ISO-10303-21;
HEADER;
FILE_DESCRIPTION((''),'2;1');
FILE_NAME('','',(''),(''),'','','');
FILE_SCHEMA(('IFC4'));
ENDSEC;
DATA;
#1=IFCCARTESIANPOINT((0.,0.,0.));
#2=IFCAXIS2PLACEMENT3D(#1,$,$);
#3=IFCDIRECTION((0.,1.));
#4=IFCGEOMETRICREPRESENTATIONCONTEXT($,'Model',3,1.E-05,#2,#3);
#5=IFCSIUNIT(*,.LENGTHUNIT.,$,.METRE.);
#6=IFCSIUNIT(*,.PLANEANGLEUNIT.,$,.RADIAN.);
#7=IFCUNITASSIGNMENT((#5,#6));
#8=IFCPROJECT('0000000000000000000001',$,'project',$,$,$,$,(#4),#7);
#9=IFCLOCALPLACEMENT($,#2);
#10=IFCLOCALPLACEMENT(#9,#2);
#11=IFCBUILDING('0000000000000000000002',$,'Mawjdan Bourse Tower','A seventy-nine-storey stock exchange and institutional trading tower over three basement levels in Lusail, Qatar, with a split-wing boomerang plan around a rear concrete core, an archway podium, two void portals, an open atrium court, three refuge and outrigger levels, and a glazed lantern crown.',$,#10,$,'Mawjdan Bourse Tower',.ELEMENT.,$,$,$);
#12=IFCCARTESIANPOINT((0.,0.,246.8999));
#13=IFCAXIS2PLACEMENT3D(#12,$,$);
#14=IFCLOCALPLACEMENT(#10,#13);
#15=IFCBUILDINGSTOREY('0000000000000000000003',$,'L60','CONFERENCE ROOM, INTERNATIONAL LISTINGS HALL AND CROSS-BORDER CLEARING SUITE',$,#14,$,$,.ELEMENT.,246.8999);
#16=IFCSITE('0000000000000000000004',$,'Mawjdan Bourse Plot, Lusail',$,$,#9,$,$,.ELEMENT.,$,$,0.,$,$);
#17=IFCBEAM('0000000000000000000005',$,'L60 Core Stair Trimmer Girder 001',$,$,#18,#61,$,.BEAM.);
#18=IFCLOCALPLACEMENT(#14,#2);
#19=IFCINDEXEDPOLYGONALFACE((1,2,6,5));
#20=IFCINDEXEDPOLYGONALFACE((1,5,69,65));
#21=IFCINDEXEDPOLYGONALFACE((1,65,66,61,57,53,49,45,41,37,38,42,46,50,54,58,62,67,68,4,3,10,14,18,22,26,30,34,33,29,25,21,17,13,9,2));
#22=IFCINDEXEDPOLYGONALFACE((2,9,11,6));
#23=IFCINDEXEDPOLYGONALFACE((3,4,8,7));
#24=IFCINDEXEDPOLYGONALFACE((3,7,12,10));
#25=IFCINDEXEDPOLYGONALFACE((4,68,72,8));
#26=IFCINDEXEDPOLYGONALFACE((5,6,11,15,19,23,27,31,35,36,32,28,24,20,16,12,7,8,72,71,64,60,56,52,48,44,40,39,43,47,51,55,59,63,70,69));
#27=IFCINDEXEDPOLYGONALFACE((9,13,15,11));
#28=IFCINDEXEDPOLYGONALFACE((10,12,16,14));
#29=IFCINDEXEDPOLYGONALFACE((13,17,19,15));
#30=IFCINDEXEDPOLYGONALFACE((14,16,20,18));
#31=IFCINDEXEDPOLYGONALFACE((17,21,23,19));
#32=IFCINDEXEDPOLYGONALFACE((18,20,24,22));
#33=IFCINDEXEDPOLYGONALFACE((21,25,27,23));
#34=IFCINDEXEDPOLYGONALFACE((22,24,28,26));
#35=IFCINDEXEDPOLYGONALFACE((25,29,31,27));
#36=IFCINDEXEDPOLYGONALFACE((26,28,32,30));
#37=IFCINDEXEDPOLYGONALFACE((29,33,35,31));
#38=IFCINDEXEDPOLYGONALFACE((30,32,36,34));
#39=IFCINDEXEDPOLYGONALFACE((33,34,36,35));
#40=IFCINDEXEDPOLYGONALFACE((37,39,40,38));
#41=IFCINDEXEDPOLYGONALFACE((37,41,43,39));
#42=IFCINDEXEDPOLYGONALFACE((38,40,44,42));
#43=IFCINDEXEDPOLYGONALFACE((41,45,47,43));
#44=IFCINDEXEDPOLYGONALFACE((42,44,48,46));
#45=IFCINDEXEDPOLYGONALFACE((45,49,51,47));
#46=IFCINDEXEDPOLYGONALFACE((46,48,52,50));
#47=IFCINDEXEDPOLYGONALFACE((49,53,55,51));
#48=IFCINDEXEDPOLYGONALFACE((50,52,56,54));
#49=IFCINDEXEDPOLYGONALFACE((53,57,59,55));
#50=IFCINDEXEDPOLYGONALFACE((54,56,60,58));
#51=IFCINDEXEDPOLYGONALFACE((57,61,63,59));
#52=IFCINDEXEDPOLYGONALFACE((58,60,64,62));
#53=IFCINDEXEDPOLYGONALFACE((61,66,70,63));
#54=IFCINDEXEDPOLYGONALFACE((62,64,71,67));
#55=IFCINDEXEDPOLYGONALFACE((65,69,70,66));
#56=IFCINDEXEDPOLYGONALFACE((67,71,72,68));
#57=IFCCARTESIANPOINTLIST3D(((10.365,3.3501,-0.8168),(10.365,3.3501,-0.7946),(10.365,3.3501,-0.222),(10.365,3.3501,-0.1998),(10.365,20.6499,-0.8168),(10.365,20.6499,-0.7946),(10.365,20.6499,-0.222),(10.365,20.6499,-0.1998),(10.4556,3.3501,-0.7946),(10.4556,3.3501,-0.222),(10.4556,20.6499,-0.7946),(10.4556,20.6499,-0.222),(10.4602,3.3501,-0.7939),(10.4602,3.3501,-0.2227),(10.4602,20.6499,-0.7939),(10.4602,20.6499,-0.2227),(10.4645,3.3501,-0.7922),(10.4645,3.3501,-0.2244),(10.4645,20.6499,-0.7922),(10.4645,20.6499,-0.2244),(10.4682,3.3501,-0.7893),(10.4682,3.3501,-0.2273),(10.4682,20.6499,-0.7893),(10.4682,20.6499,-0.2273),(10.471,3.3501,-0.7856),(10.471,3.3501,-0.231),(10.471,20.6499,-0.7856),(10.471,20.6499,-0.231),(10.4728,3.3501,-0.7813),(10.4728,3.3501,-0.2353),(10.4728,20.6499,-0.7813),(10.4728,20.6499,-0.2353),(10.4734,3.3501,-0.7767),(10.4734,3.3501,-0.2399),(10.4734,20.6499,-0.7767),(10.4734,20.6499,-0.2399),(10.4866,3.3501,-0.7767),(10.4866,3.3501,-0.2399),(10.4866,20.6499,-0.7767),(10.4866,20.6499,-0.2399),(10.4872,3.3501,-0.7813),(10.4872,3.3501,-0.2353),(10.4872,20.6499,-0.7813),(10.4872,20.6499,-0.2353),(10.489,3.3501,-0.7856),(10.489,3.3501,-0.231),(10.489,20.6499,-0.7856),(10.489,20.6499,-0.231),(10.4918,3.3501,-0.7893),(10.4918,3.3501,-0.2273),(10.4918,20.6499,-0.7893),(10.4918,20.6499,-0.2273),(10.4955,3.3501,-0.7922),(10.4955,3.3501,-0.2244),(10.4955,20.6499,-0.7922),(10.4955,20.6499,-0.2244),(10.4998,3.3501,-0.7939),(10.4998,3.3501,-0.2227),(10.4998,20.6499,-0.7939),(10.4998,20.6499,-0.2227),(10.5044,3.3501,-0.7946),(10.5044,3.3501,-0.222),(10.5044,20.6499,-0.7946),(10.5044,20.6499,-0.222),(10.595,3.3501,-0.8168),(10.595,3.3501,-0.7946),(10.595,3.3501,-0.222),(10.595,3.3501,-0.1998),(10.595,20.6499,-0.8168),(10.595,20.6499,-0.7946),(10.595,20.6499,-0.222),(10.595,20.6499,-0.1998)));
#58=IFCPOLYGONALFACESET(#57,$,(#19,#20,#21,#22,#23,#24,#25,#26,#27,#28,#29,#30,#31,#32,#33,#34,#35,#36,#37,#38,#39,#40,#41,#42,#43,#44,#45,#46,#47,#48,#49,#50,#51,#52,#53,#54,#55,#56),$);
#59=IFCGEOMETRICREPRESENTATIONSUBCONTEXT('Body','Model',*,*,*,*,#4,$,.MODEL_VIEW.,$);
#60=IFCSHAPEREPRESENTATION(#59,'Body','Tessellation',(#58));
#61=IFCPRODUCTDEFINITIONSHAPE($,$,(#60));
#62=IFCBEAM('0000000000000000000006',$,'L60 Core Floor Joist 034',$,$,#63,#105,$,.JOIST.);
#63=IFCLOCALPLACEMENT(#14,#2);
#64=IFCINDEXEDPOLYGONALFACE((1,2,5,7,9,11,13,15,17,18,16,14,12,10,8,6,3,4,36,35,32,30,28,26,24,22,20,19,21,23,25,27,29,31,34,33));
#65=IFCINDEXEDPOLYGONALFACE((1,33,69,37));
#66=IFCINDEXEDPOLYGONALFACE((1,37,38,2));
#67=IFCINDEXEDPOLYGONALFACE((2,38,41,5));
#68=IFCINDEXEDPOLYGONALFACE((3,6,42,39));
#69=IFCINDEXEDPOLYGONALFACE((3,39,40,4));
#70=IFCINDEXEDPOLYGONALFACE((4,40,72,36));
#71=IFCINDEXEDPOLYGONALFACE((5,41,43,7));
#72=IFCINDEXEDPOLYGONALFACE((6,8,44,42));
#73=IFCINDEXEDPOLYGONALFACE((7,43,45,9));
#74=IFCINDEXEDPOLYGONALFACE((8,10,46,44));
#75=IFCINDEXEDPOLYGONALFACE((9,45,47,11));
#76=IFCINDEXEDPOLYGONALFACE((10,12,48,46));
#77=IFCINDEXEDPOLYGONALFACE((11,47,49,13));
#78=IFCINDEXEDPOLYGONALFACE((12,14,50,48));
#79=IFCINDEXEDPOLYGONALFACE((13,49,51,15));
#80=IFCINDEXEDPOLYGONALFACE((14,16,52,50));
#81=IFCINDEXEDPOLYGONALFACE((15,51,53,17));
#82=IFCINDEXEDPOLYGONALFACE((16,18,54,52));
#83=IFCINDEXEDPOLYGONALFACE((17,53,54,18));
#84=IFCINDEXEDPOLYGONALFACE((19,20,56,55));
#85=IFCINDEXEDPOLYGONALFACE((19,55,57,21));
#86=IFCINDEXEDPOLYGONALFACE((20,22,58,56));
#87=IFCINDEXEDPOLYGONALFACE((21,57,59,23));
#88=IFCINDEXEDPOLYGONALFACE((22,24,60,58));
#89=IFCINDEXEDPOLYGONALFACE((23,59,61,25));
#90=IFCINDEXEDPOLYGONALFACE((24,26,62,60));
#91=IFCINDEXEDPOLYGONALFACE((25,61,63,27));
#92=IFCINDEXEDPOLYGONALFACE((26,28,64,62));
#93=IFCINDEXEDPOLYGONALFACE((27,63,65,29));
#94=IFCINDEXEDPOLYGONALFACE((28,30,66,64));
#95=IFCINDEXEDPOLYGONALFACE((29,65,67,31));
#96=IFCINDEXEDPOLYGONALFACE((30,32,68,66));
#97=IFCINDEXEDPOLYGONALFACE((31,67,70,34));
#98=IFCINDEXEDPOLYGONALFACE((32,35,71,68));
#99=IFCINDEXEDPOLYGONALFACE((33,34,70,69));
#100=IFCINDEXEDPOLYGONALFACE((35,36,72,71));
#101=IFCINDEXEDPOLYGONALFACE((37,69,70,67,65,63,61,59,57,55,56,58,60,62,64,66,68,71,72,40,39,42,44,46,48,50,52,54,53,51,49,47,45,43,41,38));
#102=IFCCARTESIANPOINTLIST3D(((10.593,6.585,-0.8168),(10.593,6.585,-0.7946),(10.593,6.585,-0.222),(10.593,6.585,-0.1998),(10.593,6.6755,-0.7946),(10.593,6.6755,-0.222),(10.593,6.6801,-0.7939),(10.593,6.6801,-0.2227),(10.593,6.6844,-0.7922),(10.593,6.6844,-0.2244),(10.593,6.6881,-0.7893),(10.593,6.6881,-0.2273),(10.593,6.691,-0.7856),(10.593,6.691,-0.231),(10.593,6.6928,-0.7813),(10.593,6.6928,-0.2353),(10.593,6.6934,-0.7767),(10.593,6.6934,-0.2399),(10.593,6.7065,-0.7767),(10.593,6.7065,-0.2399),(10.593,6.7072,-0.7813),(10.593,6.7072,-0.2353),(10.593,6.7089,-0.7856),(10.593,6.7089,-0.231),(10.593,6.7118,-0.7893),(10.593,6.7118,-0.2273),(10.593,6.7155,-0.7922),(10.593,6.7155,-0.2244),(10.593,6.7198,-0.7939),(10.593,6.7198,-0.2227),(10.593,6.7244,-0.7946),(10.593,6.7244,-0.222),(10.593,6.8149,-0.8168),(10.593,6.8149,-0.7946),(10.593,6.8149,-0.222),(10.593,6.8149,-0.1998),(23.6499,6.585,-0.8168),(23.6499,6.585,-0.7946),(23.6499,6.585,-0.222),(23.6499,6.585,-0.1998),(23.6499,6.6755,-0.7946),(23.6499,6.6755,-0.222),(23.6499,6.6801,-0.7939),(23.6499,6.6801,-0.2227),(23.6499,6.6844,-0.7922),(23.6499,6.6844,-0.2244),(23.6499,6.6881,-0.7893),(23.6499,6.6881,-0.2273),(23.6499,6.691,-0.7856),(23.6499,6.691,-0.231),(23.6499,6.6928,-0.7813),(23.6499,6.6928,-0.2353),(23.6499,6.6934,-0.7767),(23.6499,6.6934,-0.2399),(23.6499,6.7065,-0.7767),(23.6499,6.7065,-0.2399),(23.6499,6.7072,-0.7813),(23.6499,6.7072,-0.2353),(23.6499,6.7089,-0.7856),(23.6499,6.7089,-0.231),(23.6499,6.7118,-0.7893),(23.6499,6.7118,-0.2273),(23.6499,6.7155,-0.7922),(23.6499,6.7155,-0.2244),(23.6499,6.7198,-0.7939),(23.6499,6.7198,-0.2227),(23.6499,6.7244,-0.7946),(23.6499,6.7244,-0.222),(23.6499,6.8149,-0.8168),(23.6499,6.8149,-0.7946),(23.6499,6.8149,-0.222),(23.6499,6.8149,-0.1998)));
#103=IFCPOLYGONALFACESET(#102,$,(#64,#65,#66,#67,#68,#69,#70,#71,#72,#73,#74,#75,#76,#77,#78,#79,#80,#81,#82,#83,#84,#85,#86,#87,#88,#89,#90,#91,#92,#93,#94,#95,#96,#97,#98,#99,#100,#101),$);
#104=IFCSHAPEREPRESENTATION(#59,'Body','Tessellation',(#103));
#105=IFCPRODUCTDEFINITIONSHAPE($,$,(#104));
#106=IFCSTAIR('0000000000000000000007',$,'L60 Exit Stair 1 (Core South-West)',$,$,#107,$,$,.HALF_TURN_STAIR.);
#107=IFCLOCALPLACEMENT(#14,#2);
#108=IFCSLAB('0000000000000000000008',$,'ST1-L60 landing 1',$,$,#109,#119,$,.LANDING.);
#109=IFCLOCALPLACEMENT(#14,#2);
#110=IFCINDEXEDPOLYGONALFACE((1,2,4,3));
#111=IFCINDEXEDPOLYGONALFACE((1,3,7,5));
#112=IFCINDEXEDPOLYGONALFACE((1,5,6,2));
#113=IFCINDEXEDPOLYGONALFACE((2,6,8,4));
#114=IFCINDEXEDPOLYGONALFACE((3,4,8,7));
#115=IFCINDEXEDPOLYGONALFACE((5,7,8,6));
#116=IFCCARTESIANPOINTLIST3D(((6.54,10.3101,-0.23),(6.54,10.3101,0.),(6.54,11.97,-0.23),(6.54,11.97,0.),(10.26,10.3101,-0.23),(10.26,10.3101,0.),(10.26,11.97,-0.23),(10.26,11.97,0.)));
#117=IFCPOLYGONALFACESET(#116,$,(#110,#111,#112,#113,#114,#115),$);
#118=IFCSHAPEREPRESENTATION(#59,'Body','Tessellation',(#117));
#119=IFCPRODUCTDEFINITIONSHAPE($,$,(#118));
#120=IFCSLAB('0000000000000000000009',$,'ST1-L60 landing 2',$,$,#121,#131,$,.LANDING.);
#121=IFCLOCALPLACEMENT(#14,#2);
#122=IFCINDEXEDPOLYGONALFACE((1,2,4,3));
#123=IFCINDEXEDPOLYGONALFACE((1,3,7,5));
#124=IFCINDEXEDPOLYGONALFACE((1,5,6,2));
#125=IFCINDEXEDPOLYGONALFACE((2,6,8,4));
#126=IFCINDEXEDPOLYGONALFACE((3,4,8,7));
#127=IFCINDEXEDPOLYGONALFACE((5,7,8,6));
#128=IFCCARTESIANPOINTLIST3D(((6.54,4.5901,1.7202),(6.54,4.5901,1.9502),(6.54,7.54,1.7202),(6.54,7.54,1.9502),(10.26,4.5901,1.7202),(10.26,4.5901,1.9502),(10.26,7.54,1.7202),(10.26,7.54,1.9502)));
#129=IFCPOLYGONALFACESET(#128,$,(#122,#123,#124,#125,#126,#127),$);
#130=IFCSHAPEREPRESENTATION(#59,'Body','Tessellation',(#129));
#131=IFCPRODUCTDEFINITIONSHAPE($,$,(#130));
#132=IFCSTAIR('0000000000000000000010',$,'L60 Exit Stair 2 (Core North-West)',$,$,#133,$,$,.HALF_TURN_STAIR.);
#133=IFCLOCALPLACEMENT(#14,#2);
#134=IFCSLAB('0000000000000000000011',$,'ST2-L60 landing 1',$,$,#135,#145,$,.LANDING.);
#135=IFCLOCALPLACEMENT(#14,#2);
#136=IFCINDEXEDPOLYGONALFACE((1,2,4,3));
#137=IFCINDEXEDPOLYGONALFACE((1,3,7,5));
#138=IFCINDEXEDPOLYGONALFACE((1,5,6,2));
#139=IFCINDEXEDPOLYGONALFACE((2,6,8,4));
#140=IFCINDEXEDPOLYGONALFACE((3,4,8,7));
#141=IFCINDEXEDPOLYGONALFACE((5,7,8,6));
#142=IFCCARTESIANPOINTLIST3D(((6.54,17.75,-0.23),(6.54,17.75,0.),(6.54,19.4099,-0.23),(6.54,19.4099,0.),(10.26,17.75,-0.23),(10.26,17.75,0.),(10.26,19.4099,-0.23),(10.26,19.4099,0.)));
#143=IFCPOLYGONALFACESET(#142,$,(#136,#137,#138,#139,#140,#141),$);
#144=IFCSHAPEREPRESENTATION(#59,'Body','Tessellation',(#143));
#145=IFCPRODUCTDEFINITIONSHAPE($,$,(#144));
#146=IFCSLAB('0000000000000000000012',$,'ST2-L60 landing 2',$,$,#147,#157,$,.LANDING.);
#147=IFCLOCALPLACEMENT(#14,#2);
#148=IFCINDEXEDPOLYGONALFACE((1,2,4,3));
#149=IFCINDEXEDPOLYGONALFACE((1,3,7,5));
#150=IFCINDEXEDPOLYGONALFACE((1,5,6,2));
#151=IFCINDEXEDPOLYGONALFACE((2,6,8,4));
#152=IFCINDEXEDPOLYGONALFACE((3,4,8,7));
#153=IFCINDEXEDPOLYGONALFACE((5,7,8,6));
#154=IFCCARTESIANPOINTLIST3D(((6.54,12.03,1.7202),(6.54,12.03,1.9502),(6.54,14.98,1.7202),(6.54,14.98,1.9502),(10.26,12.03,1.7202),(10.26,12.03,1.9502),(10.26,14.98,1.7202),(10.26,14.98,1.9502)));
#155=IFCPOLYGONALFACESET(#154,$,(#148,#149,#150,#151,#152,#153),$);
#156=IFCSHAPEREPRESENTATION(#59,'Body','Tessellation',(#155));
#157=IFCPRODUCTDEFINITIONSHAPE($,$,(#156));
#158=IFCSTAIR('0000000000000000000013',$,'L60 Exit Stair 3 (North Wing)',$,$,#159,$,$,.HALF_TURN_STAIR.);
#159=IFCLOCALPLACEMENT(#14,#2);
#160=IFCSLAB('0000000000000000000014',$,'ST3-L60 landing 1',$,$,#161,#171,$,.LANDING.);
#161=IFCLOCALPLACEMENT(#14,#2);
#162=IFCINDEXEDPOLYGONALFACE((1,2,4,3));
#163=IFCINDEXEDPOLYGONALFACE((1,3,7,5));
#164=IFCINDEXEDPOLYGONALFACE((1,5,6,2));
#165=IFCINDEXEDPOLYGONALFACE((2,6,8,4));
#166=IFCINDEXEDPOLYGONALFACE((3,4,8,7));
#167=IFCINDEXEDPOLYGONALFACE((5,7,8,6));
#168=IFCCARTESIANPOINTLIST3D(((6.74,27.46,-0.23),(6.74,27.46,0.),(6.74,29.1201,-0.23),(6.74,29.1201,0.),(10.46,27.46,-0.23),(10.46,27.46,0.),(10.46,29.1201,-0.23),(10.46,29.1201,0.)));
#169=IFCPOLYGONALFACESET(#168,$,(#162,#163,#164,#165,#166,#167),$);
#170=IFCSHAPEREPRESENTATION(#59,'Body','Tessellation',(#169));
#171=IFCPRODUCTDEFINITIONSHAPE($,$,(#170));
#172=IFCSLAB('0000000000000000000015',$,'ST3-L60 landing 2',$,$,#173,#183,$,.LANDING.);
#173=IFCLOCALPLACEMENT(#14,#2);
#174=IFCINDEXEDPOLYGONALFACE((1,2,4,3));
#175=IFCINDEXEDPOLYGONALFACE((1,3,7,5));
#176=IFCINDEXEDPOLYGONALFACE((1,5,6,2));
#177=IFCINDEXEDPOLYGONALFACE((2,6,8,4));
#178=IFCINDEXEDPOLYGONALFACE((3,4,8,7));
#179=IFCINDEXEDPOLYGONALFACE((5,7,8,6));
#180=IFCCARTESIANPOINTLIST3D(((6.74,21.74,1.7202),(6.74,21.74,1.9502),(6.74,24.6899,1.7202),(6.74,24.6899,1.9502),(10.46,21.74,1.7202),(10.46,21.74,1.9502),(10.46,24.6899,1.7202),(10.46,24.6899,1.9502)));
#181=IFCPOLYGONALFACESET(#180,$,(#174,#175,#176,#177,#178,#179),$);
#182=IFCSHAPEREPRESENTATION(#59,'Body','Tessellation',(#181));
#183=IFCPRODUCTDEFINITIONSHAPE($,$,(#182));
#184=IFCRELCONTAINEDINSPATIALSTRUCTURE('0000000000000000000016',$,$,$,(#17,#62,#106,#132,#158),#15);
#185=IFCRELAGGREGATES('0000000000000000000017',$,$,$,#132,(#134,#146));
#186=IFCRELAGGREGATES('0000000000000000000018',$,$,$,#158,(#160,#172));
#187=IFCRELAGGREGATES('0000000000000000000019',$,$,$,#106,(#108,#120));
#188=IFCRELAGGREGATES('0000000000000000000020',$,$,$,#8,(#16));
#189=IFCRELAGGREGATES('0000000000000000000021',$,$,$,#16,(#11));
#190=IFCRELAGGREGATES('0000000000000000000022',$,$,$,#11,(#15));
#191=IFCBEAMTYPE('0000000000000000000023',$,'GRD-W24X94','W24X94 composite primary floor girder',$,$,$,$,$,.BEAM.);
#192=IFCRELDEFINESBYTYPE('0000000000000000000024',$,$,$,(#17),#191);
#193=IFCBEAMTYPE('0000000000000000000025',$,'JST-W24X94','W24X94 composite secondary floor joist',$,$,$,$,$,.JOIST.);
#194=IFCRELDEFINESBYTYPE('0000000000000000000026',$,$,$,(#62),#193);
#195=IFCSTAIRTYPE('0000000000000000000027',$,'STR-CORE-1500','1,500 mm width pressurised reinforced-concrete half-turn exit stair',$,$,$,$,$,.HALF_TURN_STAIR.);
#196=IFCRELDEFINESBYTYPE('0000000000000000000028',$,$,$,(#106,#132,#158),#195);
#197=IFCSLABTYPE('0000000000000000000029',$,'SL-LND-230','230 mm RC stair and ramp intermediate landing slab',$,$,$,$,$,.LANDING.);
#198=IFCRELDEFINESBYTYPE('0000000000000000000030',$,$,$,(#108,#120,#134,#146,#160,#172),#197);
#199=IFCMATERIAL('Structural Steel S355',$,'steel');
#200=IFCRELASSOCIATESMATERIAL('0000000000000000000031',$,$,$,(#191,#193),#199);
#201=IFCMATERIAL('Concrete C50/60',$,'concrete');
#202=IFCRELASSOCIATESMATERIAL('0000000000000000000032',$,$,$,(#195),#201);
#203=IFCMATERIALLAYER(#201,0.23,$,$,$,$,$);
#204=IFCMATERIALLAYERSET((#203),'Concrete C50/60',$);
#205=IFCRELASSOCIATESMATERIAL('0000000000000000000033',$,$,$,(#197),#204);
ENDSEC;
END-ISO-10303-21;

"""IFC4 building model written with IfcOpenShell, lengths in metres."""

from ifc_helpers import new_model, si_unit, direction, frame, origin, origin_2d, place, context, subcontext, project, spatial, polyline, i_section, outline, extrude, material, layer, layer_set, material_profile, profile_set, type_object, element, aggregate, save


model = new_model("IFC4")

# Units and contexts
model_context = context("Model", 3, precision=1e-05, world=origin(), true_north=direction((0.0, 1.0)))
body_context = subcontext(model_context, "Body", "Model", "MODEL_VIEW")
ifc_project = project(units=[si_unit("LENGTHUNIT", "METRE"), si_unit("PLANEANGLEUNIT", "RADIAN")], contexts=[model_context])

# Site, building, storey
site_placement = place(None, origin())
site = spatial("IfcSite", under=ifc_project, at=site_placement, Name="Mawjdan Bourse Plot, Lusail", CompositionType="ELEMENT", RefElevation=0.0)
building_placement = place(site_placement, origin())
building = spatial("IfcBuilding", under=site, at=building_placement, Name="Mawjdan Bourse Tower", Description="A seventy-nine-storey stock exchange and institutional trading tower over three basement levels in Lusail, Qatar, with a split-wing boomerang plan around a rear concrete core, an archway podium, two void portals, an open atrium court, three refuge and outrigger levels, and a glazed lantern crown.", LongName="Mawjdan Bourse Tower", CompositionType="ELEMENT")
storey_placement = place(building_placement, frame((0.0, 0.0, 246.8999)))
storey = spatial("IfcBuildingStorey", under=building, at=storey_placement, Name="L60", Description="CONFERENCE ROOM, INTERNATIONAL LISTINGS HALL AND CROSS-BORDER CLEARING SUITE", CompositionType="ELEMENT", Elevation=246.8999)

# Beams
ifc_material_1 = material(Name="Structural Steel S355", Category="steel")
ifc_material_profile_1 = material_profile(ifc_material_1, i_section(OverallWidth=0.23, OverallDepth=0.6169, WebThickness=0.0132, FlangeThickness=0.0222, FilletRadius=0.0178, at=origin_2d()), Name="W24X94")
ifc_profile_set_1 = profile_set([ifc_material_profile_1], Name="Structural Steel S355")
beam_type_1 = type_object("IfcBeamType", Name="GRD-W24X94", Description="W24X94 composite primary floor girder", PredefinedType="BEAM", material=ifc_profile_set_1)
beam_1_placement = place(storey_placement, frame((10.48, 3.3501, -0.5083), z_axis=(0.0, 1.0, 0.0), x_axis=(-1.0, 0.0, 0.0)))
element("IfcBeam", 1, at=beam_1_placement, inside=storey, type_object=beam_type_1, Name="L60 Core Stair Trimmer Girder 001", PredefinedType="BEAM", context=body_context, shape_type="SweptSolid", body=[
    extrude(i_section(OverallWidth=0.23, OverallDepth=0.6169, WebThickness=0.0132, FlangeThickness=0.0222, FilletRadius=0.0178, at=origin_2d()), origin(), (0.0, 0.0, 1.0), 17.2998),
])
ifc_material_profile_2 = material_profile(ifc_material_1, i_section(OverallWidth=0.23, OverallDepth=0.6169, WebThickness=0.0132, FlangeThickness=0.0222, FilletRadius=0.0178, at=origin_2d()), Name="W24X94")
ifc_profile_set_2 = profile_set([ifc_material_profile_2], Name="Structural Steel S355")
beam_type_2 = type_object("IfcBeamType", Name="JST-W24X94", Description="W24X94 composite secondary floor joist", PredefinedType="JOIST", material=ifc_profile_set_2)
beam_2_placement = place(storey_placement, frame((10.593, 6.7, -0.5083), z_axis=(1.0, 0.0, 0.0), x_axis=(0.0, 1.0, 0.0)))
element("IfcBeam", 2, at=beam_2_placement, inside=storey, type_object=beam_type_2, Name="L60 Core Floor Joist 034", PredefinedType="JOIST", context=body_context, shape_type="SweptSolid", body=[
    extrude(i_section(OverallWidth=0.23, OverallDepth=0.6169, WebThickness=0.0132, FlangeThickness=0.0222, FilletRadius=0.0178, at=origin_2d()), origin(), (0.0, 0.0, 1.0), 13.0569),
])

# Stairs, slabs
ifc_material_2 = material(Name="Concrete C50/60", Category="concrete")
stair_type = type_object("IfcStairType", Name="STR-CORE-1500", Description="1,500 mm width pressurised reinforced-concrete half-turn exit stair", PredefinedType="HALF_TURN_STAIR", material=ifc_material_2)
stair_1_placement = place(storey_placement, origin())
stair_1 = element("IfcStair", 3, at=stair_1_placement, inside=storey, type_object=stair_type, Name="L60 Exit Stair 1 (Core South-West)", PredefinedType="HALF_TURN_STAIR")
ifc_layer_1 = layer(ifc_material_2, 0.23)
ifc_layer_set_1 = layer_set([ifc_layer_1], Name="Concrete C50/60")
slab_type_1 = type_object("IfcSlabType", Name="SL-LND-230", Description="230 mm RC stair and ramp intermediate landing slab", PredefinedType="LANDING", material=ifc_layer_set_1)
slab_1_placement = place(storey_placement, frame((0.0, 0.0, -0.23)))
slab_1 = element("IfcSlab", 4, at=slab_1_placement, type_object=slab_type_1, Name="ST1-L60 landing 1", PredefinedType="LANDING", context=body_context, shape_type="SweptSolid", body=[
    extrude(outline(polyline([(6.54, 10.3101), (10.26, 10.3101), (10.26, 11.97), (6.54, 11.97), (6.54, 10.3101)])), origin(), (0.0, 0.0, 1.0), 0.23),
])
slab_2_placement = place(storey_placement, frame((0.0, 0.0, 1.7202)))
slab_2 = element("IfcSlab", 5, at=slab_2_placement, type_object=slab_type_1, Name="ST1-L60 landing 2", PredefinedType="LANDING", context=body_context, shape_type="SweptSolid", body=[
    extrude(outline(polyline([(6.54, 4.5901), (10.26, 4.5901), (10.26, 7.54), (6.54, 7.54), (6.54, 4.5901)])), origin(), (0.0, 0.0, 1.0), 0.23),
])
stair_2_placement = place(storey_placement, origin())
stair_2 = element("IfcStair", 6, at=stair_2_placement, inside=storey, type_object=stair_type, Name="L60 Exit Stair 2 (Core North-West)", PredefinedType="HALF_TURN_STAIR")
slab_3_placement = place(storey_placement, frame((0.0, 0.0, -0.23)))
slab_3 = element("IfcSlab", 7, at=slab_3_placement, type_object=slab_type_1, Name="ST2-L60 landing 1", PredefinedType="LANDING", context=body_context, shape_type="SweptSolid", body=[
    extrude(outline(polyline([(6.54, 17.75), (10.26, 17.75), (10.26, 19.4099), (6.54, 19.4099), (6.54, 17.75)])), origin(), (0.0, 0.0, 1.0), 0.23),
])
slab_4_placement = place(storey_placement, frame((0.0, 0.0, 1.7202)))
slab_4 = element("IfcSlab", 8, at=slab_4_placement, type_object=slab_type_1, Name="ST2-L60 landing 2", PredefinedType="LANDING", context=body_context, shape_type="SweptSolid", body=[
    extrude(outline(polyline([(6.54, 12.03), (10.26, 12.03), (10.26, 14.98), (6.54, 14.98), (6.54, 12.03)])), origin(), (0.0, 0.0, 1.0), 0.23),
])
aggregate(stair_2, [slab_3, slab_4])
stair_3_placement = place(storey_placement, origin())
stair_3 = element("IfcStair", 9, at=stair_3_placement, inside=storey, type_object=stair_type, Name="L60 Exit Stair 3 (North Wing)", PredefinedType="HALF_TURN_STAIR")
slab_5_placement = place(storey_placement, frame((0.0, 0.0, -0.23)))
slab_5 = element("IfcSlab", 10, at=slab_5_placement, type_object=slab_type_1, Name="ST3-L60 landing 1", PredefinedType="LANDING", context=body_context, shape_type="SweptSolid", body=[
    extrude(outline(polyline([(6.74, 27.46), (10.46, 27.46), (10.46, 29.1201), (6.74, 29.1201), (6.74, 27.46)])), origin(), (0.0, 0.0, 1.0), 0.23),
])
slab_6_placement = place(storey_placement, frame((0.0, 0.0, 1.7202)))
slab_6 = element("IfcSlab", 11, at=slab_6_placement, type_object=slab_type_1, Name="ST3-L60 landing 2", PredefinedType="LANDING", context=body_context, shape_type="SweptSolid", body=[
    extrude(outline(polyline([(6.74, 21.74), (10.46, 21.74), (10.46, 24.6899), (6.74, 24.6899), (6.74, 21.74)])), origin(), (0.0, 0.0, 1.0), 0.23),
])
aggregate(stair_3, [slab_5, slab_6])

aggregate(stair_1, [slab_1, slab_2])

save(model, "model.ifc")
